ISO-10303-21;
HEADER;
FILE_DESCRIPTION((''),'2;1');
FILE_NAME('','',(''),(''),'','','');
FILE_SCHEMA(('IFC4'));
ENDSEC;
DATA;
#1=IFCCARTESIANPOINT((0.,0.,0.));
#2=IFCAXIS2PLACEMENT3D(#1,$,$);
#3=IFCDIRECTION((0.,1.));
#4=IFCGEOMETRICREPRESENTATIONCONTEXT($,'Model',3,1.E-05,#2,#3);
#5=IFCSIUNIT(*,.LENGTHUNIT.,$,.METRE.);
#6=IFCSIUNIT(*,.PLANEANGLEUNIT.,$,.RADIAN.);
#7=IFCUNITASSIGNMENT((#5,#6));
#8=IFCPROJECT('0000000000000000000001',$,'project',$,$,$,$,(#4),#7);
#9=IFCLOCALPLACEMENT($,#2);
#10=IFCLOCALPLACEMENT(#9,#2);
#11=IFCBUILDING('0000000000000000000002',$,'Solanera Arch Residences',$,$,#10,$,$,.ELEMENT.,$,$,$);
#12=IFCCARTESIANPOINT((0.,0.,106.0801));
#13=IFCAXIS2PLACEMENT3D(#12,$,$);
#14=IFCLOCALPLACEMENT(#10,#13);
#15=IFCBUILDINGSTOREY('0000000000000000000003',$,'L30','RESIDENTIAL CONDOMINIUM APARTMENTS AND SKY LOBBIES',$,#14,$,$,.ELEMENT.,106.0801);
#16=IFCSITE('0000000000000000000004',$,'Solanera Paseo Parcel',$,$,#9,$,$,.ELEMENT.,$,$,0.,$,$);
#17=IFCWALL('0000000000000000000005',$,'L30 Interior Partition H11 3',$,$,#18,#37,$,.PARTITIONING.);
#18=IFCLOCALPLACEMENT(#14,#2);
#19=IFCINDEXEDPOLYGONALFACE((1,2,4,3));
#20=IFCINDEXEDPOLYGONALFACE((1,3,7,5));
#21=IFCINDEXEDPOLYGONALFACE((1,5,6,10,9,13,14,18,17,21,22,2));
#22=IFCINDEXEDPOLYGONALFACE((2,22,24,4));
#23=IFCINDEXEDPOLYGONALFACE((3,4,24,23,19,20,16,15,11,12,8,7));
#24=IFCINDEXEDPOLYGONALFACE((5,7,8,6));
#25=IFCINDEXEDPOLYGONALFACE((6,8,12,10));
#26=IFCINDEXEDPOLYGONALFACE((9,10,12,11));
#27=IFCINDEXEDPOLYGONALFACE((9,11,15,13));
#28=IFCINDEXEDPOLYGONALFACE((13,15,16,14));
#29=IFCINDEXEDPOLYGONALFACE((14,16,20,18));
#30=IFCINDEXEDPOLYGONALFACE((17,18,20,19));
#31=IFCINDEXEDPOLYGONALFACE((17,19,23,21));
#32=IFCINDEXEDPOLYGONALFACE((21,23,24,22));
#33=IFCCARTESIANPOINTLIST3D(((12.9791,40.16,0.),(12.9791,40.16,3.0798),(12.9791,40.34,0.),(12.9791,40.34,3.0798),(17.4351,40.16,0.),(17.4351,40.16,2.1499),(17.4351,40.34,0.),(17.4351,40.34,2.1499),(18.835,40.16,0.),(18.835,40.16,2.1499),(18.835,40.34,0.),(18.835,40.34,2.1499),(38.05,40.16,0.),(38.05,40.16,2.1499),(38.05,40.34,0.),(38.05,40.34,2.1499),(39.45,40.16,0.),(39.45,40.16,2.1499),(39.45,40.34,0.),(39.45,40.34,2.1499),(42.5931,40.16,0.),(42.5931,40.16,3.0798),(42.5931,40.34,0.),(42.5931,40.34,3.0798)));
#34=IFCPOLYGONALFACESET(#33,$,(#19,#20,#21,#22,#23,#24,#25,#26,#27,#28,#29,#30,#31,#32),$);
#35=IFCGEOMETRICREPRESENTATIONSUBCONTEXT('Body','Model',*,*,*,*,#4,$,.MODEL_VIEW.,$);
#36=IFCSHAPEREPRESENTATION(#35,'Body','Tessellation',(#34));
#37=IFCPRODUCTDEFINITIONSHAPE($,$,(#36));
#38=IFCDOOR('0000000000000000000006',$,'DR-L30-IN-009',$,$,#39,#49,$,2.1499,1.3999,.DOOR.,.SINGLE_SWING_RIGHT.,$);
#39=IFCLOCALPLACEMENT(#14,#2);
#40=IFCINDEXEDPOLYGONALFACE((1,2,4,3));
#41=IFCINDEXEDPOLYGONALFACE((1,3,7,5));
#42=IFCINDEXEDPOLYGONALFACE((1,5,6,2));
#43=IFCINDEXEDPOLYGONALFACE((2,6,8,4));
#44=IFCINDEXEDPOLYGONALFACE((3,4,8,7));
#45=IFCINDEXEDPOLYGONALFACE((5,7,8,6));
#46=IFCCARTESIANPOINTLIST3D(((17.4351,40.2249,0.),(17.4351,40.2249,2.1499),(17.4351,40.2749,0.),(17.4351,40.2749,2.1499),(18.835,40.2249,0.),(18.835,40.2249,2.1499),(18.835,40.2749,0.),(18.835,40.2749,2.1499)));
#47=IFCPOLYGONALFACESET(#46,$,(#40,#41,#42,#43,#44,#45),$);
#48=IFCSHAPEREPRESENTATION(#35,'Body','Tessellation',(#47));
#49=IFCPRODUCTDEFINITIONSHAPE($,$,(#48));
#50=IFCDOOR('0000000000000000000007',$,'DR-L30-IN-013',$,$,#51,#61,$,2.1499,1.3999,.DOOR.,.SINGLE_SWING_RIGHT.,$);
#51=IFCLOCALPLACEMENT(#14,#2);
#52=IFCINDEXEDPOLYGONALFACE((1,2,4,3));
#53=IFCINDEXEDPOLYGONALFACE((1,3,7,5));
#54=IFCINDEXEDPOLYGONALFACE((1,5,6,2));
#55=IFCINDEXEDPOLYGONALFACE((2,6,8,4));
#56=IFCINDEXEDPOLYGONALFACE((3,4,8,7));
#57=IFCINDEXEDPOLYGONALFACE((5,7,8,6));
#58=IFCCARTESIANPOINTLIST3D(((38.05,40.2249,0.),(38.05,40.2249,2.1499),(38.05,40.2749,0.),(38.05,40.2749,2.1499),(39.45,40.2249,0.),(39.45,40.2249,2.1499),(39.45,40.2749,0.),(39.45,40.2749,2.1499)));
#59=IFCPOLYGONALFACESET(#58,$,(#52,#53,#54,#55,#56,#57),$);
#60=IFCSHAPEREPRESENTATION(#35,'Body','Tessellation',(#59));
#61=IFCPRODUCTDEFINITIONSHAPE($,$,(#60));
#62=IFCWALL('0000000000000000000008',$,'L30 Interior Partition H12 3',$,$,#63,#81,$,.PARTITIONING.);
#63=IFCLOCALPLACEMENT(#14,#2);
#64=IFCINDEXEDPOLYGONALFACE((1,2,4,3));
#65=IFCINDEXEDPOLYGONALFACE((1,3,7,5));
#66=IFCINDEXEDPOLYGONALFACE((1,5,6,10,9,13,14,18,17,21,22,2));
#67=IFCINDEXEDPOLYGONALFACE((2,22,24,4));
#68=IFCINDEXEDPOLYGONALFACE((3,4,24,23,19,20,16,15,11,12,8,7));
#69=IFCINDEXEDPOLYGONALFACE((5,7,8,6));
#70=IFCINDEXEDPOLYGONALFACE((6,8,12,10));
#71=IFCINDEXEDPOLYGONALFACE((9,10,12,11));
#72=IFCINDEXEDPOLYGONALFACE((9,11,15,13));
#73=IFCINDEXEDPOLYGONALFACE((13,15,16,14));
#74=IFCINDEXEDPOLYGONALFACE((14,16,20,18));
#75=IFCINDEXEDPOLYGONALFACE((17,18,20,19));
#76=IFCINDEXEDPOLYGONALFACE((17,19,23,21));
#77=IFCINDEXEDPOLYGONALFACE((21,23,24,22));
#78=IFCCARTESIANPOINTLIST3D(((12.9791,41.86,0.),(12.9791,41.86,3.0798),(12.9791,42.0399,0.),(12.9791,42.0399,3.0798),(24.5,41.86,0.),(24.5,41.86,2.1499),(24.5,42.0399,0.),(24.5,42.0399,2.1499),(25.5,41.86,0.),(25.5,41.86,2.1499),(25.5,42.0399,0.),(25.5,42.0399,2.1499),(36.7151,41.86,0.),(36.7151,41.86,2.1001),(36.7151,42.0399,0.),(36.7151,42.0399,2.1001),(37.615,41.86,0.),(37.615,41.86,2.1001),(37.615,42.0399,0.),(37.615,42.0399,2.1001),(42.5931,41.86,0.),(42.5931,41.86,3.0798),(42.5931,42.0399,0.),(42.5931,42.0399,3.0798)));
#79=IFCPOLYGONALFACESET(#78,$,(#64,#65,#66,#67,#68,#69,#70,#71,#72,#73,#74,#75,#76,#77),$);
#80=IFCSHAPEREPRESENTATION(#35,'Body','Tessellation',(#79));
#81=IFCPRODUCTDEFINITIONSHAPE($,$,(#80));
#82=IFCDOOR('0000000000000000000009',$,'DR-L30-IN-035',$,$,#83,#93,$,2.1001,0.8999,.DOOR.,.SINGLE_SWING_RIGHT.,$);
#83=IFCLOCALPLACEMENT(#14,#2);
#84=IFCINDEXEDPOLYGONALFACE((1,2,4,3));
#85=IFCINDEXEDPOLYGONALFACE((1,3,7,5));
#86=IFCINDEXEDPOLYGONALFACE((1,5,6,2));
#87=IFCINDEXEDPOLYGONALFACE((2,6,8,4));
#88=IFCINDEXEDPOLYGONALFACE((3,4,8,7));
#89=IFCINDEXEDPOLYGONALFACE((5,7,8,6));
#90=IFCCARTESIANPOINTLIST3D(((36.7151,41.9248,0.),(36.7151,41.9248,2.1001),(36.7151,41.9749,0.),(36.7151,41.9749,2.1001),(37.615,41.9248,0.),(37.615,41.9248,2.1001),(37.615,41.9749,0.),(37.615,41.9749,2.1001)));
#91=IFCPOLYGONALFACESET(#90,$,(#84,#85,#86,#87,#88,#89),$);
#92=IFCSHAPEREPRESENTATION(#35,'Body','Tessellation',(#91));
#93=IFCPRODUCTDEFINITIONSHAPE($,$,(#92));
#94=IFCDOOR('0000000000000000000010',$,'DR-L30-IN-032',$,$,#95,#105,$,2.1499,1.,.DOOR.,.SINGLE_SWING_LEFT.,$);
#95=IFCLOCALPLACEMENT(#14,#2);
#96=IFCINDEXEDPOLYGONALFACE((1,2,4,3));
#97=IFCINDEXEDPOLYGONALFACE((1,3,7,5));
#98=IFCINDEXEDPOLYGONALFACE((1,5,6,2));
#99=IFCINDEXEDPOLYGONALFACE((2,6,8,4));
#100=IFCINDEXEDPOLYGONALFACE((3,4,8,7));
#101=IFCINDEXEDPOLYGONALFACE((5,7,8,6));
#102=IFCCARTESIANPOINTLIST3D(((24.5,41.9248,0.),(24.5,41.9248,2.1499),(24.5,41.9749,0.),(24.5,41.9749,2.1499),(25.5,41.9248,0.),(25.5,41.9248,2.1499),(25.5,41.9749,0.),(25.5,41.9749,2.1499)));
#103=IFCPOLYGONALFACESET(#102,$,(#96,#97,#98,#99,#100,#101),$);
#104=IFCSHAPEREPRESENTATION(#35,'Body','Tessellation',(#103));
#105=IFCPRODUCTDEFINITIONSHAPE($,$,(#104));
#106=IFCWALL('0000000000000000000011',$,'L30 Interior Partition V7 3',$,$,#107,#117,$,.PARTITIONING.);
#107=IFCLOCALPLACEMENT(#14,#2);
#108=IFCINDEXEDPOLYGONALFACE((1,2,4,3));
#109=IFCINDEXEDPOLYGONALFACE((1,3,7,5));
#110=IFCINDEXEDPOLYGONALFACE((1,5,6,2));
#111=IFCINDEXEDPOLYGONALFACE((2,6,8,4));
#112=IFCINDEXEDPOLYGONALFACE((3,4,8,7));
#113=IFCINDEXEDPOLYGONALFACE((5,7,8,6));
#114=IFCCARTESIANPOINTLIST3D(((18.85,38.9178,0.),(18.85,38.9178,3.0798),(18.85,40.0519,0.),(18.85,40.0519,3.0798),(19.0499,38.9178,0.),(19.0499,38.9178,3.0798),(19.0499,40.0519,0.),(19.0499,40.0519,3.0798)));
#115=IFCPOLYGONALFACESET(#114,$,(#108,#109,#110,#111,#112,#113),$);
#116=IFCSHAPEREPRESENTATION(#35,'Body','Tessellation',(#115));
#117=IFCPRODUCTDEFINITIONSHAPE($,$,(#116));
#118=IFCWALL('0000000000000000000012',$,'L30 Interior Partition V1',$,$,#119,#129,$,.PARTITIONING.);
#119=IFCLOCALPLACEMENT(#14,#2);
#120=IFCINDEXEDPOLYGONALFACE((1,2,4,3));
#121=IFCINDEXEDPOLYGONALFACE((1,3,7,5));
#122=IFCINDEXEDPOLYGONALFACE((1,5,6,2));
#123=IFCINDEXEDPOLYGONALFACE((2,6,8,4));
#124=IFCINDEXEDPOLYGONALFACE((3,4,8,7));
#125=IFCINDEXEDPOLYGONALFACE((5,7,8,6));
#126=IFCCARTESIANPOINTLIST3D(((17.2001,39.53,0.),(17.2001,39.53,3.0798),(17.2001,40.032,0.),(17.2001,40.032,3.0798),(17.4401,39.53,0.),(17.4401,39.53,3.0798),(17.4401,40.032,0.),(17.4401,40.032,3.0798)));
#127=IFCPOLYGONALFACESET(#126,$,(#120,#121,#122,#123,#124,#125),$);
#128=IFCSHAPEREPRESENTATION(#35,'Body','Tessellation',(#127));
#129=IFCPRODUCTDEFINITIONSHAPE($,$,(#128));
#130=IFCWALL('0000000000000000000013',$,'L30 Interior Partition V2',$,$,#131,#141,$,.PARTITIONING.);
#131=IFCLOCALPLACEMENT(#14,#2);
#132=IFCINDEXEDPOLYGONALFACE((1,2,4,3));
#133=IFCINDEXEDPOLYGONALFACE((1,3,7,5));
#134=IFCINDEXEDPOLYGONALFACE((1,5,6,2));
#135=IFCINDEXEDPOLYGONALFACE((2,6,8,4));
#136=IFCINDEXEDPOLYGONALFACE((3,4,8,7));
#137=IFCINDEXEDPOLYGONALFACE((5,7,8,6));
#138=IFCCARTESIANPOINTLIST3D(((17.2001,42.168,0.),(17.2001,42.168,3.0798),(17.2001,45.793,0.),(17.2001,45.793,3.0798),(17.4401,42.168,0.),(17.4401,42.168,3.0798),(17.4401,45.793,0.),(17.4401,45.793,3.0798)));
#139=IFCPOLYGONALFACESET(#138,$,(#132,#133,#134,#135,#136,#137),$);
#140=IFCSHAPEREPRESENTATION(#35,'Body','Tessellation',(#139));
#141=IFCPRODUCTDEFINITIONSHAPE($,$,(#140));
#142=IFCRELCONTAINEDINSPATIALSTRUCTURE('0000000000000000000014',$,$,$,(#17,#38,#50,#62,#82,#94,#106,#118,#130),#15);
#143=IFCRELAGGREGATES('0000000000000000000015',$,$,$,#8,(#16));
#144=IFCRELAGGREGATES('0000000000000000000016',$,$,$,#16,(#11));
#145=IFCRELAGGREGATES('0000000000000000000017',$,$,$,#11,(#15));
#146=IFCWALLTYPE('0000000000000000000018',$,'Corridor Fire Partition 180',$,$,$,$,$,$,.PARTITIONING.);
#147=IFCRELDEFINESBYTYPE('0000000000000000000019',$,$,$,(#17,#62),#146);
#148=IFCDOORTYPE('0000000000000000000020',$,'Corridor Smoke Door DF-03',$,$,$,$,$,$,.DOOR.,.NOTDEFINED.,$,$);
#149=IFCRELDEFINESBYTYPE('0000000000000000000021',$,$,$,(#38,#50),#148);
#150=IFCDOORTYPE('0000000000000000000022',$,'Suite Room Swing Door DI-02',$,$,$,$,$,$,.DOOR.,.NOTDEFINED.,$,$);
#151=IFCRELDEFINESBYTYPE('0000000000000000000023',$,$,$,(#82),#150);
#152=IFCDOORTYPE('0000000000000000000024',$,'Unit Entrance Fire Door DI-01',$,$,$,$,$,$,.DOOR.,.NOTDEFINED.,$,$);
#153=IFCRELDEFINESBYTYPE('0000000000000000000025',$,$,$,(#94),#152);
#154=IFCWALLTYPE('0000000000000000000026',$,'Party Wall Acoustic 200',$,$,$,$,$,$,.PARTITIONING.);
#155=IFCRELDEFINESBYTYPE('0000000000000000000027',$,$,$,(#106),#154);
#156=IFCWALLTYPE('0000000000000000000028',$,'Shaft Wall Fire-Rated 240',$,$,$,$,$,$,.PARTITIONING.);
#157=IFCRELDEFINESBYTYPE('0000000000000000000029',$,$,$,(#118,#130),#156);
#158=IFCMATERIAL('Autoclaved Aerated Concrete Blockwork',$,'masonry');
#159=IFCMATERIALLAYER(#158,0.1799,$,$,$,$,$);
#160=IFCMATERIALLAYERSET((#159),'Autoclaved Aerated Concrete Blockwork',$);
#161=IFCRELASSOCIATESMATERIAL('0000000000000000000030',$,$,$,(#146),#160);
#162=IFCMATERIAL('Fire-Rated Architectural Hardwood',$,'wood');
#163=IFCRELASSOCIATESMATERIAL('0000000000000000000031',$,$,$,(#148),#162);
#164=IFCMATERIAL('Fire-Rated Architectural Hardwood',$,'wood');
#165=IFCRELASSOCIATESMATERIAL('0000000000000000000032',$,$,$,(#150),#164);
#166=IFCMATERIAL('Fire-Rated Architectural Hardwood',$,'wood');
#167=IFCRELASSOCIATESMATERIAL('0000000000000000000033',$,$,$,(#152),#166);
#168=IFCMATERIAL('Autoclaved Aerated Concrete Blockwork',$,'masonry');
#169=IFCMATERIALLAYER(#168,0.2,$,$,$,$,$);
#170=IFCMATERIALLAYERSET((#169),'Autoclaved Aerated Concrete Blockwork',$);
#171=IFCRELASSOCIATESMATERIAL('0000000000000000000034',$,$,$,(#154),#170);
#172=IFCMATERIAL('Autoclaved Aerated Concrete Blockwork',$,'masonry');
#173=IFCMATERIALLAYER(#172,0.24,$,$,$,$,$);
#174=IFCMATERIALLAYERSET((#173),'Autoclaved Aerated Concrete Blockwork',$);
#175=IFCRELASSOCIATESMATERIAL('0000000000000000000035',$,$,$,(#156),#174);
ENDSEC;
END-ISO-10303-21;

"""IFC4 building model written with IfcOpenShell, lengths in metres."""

from ifc_helpers import new_model, si_unit, direction, frame, frame_2d, origin, place, context, subcontext, project, spatial, rectangle, extrude, material, layer, layer_set, type_object, element, fill, save


model = new_model("IFC4")

# Units and contexts
model_context = context("Model", 3, precision=1e-05, world=origin(), true_north=direction((0.0, 1.0)))
body_context = subcontext(model_context, "Body", "Model", "MODEL_VIEW")
ifc_project = project(units=[si_unit("LENGTHUNIT", "METRE"), si_unit("PLANEANGLEUNIT", "RADIAN")], contexts=[model_context])

# Site, building, storey
site_placement = place(None, origin())
site = spatial("IfcSite", under=ifc_project, at=site_placement, Name="Solanera Paseo Parcel", CompositionType="ELEMENT", RefElevation=0.0)
building_placement = place(site_placement, origin())
building = spatial("IfcBuilding", under=site, at=building_placement, Name="Solanera Arch Residences", CompositionType="ELEMENT")
storey_placement = place(building_placement, frame((0.0, 0.0, 106.0801)))
storey = spatial("IfcBuildingStorey", under=building, at=storey_placement, Name="L30", Description="RESIDENTIAL CONDOMINIUM APARTMENTS AND SKY LOBBIES", CompositionType="ELEMENT", Elevation=106.0801)

# Walls, openings, doors
ifc_material_1 = material(Name="Autoclaved Aerated Concrete Blockwork", Category="masonry")
ifc_layer_1 = layer(ifc_material_1, 0.1799)
ifc_layer_set_1 = layer_set([ifc_layer_1], Name="Autoclaved Aerated Concrete Blockwork")
wall_type_1 = type_object("IfcWallType", Name="Corridor Fire Partition 180", PredefinedType="PARTITIONING", material=ifc_layer_set_1)
wall_1_placement = place(storey_placement, frame((12.979, 40.25, 0.0), z_axis=(0.0, 0.0, 1.0), x_axis=(1.0, 0.0, 0.0)))
wall_1 = element("IfcWall", 1, at=wall_1_placement, inside=storey, type_object=wall_type_1, Name="L30 Interior Partition H11 3", PredefinedType="PARTITIONING", context=body_context, shape_type="SweptSolid", body=[
    extrude(rectangle(XDim=29.614, YDim=0.1799, at=frame_2d((14.8071, 0.0))), origin(), (0.0, 0.0, 1.0), 3.0798),
])
opening_1_placement = place(wall_1_placement, frame((4.4561, 0.0, 0.0)))
opening_1 = element("IfcOpeningElement", 2, at=opening_1_placement, cuts=wall_1, PredefinedType="OPENING", context=body_context, shape_type="SweptSolid", body=[
    extrude(rectangle(XDim=1.3999, YDim=2.1499, at=frame_2d((0.7, 1.075))), frame((0.0, 0.1001, 0.0), z_axis=(0.0, -1.0, 0.0), x_axis=(1.0, 0.0, 0.0)), (0.0, 0.0, 1.0), 0.1999),
])
opening_2_placement = place(wall_1_placement, frame((25.071, 0.0, 0.0)))
opening_2 = element("IfcOpeningElement", 3, at=opening_2_placement, cuts=wall_1, PredefinedType="OPENING", context=body_context, shape_type="SweptSolid", body=[
    extrude(rectangle(XDim=1.3999, YDim=2.1499, at=frame_2d((0.7, 1.075))), frame((0.0, 0.1001, 0.0), z_axis=(0.0, -1.0, 0.0), x_axis=(1.0, 0.0, 0.0)), (0.0, 0.0, 1.0), 0.1999),
])
ifc_material_2 = material(Name="Fire-Rated Architectural Hardwood", Category="wood")
door_type_1 = type_object("IfcDoorType", Name="Corridor Smoke Door DF-03", OperationType="NOTDEFINED", PredefinedType="DOOR", material=ifc_material_2)
door_1_placement = place(opening_1_placement, origin())
door_1 = element("IfcDoor", 4, at=door_1_placement, inside=storey, type_object=door_type_1, Name="DR-L30-IN-009", OperationType="SINGLE_SWING_RIGHT", OverallHeight=2.1499, OverallWidth=1.3999, PredefinedType="DOOR", context=body_context, shape_type="SweptSolid", body=[
    extrude(rectangle(XDim=1.3999, YDim=2.1499, at=frame_2d((0.7, 1.075))), frame((0.0, 0.0249, 0.0), z_axis=(0.0, -1.0, 0.0), x_axis=(1.0, 0.0, 0.0)), (0.0, 0.0, 1.0), 0.05),
])
fill(opening_1, door_1)
door_2_placement = place(opening_2_placement, origin())
door_2 = element("IfcDoor", 5, at=door_2_placement, inside=storey, type_object=door_type_1, Name="DR-L30-IN-013", OperationType="SINGLE_SWING_RIGHT", OverallHeight=2.1499, OverallWidth=1.3999, PredefinedType="DOOR", context=body_context, shape_type="SweptSolid", body=[
    extrude(rectangle(XDim=1.3999, YDim=2.1499, at=frame_2d((0.7, 1.075))), frame((0.0, 0.0249, 0.0), z_axis=(0.0, -1.0, 0.0), x_axis=(1.0, 0.0, 0.0)), (0.0, 0.0, 1.0), 0.05),
])
fill(opening_2, door_2)
wall_2_placement = place(storey_placement, frame((12.979, 41.95, 0.0), z_axis=(0.0, 0.0, 1.0), x_axis=(1.0, 0.0, 0.0)))
wall_2 = element("IfcWall", 6, at=wall_2_placement, inside=storey, type_object=wall_type_1, Name="L30 Interior Partition H12 3", PredefinedType="PARTITIONING", context=body_context, shape_type="SweptSolid", body=[
    extrude(rectangle(XDim=29.614, YDim=0.1799, at=frame_2d((14.8071, 0.0))), origin(), (0.0, 0.0, 1.0), 3.0798),
])
opening_3_placement = place(wall_2_placement, frame((11.521, 0.0, 0.0)))
opening_3 = element("IfcOpeningElement", 7, at=opening_3_placement, cuts=wall_2, PredefinedType="OPENING", context=body_context, shape_type="SweptSolid", body=[
    extrude(rectangle(XDim=1.0, YDim=2.1499, at=frame_2d((0.5, 1.075))), frame((0.0, 0.1001, 0.0), z_axis=(0.0, -1.0, 0.0), x_axis=(1.0, 0.0, 0.0)), (0.0, 0.0, 1.0), 0.1999),
])
opening_4_placement = place(wall_2_placement, frame((23.7361, 0.0, 0.0)))
opening_4 = element("IfcOpeningElement", 8, at=opening_4_placement, cuts=wall_2, PredefinedType="OPENING", context=body_context, shape_type="SweptSolid", body=[
    extrude(rectangle(XDim=0.8999, YDim=2.1001, at=frame_2d((0.45, 1.05))), frame((0.0, 0.1001, 0.0), z_axis=(0.0, -1.0, 0.0), x_axis=(1.0, 0.0, 0.0)), (0.0, 0.0, 1.0), 0.1999),
])
ifc_material_3 = material(Name="Fire-Rated Architectural Hardwood", Category="wood")
door_type_2 = type_object("IfcDoorType", Name="Suite Room Swing Door DI-02", OperationType="NOTDEFINED", PredefinedType="DOOR", material=ifc_material_3)
door_3_placement = place(opening_4_placement, origin())
door_3 = element("IfcDoor", 9, at=door_3_placement, inside=storey, type_object=door_type_2, Name="DR-L30-IN-035", OperationType="SINGLE_SWING_RIGHT", OverallHeight=2.1001, OverallWidth=0.8999, PredefinedType="DOOR", context=body_context, shape_type="SweptSolid", body=[
    extrude(rectangle(XDim=0.8999, YDim=2.1001, at=frame_2d((0.45, 1.05))), frame((0.0, 0.0249, 0.0), z_axis=(0.0, -1.0, 0.0), x_axis=(1.0, 0.0, 0.0)), (0.0, 0.0, 1.0), 0.05),
])
fill(opening_4, door_3)
ifc_material_4 = material(Name="Fire-Rated Architectural Hardwood", Category="wood")
door_type_3 = type_object("IfcDoorType", Name="Unit Entrance Fire Door DI-01", OperationType="NOTDEFINED", PredefinedType="DOOR", material=ifc_material_4)
door_4_placement = place(opening_3_placement, origin())
door_4 = element("IfcDoor", 10, at=door_4_placement, inside=storey, type_object=door_type_3, Name="DR-L30-IN-032", OperationType="SINGLE_SWING_LEFT", OverallHeight=2.1499, OverallWidth=1.0, PredefinedType="DOOR", context=body_context, shape_type="SweptSolid", body=[
    extrude(rectangle(XDim=1.0, YDim=2.1499, at=frame_2d((0.5, 1.075))), frame((0.0, 0.0249, 0.0), z_axis=(0.0, -1.0, 0.0), x_axis=(1.0, 0.0, 0.0)), (0.0, 0.0, 1.0), 0.05),
])
fill(opening_3, door_4)

# Walls
ifc_material_5 = material(Name="Autoclaved Aerated Concrete Blockwork", Category="masonry")
ifc_layer_2 = layer(ifc_material_5, 0.2)
ifc_layer_set_2 = layer_set([ifc_layer_2], Name="Autoclaved Aerated Concrete Blockwork")
wall_type_2 = type_object("IfcWallType", Name="Party Wall Acoustic 200", PredefinedType="PARTITIONING", material=ifc_layer_set_2)
wall_3_placement = place(storey_placement, frame((18.95, 38.918, 0.0), z_axis=(0.0, 0.0, 1.0), x_axis=(0.0, 1.0, 0.0)))
element("IfcWall", 11, at=wall_3_placement, inside=storey, type_object=wall_type_2, Name="L30 Interior Partition V7 3", PredefinedType="PARTITIONING", context=body_context, shape_type="SweptSolid", body=[
    extrude(rectangle(XDim=1.134, YDim=0.2, at=frame_2d((0.5669, 0.0))), origin(), (0.0, 0.0, 1.0), 3.0798),
])
ifc_material_6 = material(Name="Autoclaved Aerated Concrete Blockwork", Category="masonry")
ifc_layer_3 = layer(ifc_material_6, 0.24)
ifc_layer_set_3 = layer_set([ifc_layer_3], Name="Autoclaved Aerated Concrete Blockwork")
wall_type_3 = type_object("IfcWallType", Name="Shaft Wall Fire-Rated 240", PredefinedType="PARTITIONING", material=ifc_layer_set_3)
wall_4_placement = place(storey_placement, frame((17.3201, 39.53, 0.0), z_axis=(0.0, 0.0, 1.0), x_axis=(0.0, 1.0, 0.0)))
element("IfcWall", 12, at=wall_4_placement, inside=storey, type_object=wall_type_3, Name="L30 Interior Partition V1", PredefinedType="PARTITIONING", context=body_context, shape_type="SweptSolid", body=[
    extrude(rectangle(XDim=0.502, YDim=0.24, at=frame_2d((0.251, 0.0))), origin(), (0.0, 0.0, 1.0), 3.0798),
])
wall_5_placement = place(storey_placement, frame((17.3201, 42.168, 0.0), z_axis=(0.0, 0.0, 1.0), x_axis=(0.0, 1.0, 0.0)))
element("IfcWall", 13, at=wall_5_placement, inside=storey, type_object=wall_type_3, Name="L30 Interior Partition V2", PredefinedType="PARTITIONING", context=body_context, shape_type="SweptSolid", body=[
    extrude(rectangle(XDim=3.625, YDim=0.24, at=frame_2d((1.8125, 0.0))), origin(), (0.0, 0.0, 1.0), 3.0798),
])

save(model, "model.ifc")
